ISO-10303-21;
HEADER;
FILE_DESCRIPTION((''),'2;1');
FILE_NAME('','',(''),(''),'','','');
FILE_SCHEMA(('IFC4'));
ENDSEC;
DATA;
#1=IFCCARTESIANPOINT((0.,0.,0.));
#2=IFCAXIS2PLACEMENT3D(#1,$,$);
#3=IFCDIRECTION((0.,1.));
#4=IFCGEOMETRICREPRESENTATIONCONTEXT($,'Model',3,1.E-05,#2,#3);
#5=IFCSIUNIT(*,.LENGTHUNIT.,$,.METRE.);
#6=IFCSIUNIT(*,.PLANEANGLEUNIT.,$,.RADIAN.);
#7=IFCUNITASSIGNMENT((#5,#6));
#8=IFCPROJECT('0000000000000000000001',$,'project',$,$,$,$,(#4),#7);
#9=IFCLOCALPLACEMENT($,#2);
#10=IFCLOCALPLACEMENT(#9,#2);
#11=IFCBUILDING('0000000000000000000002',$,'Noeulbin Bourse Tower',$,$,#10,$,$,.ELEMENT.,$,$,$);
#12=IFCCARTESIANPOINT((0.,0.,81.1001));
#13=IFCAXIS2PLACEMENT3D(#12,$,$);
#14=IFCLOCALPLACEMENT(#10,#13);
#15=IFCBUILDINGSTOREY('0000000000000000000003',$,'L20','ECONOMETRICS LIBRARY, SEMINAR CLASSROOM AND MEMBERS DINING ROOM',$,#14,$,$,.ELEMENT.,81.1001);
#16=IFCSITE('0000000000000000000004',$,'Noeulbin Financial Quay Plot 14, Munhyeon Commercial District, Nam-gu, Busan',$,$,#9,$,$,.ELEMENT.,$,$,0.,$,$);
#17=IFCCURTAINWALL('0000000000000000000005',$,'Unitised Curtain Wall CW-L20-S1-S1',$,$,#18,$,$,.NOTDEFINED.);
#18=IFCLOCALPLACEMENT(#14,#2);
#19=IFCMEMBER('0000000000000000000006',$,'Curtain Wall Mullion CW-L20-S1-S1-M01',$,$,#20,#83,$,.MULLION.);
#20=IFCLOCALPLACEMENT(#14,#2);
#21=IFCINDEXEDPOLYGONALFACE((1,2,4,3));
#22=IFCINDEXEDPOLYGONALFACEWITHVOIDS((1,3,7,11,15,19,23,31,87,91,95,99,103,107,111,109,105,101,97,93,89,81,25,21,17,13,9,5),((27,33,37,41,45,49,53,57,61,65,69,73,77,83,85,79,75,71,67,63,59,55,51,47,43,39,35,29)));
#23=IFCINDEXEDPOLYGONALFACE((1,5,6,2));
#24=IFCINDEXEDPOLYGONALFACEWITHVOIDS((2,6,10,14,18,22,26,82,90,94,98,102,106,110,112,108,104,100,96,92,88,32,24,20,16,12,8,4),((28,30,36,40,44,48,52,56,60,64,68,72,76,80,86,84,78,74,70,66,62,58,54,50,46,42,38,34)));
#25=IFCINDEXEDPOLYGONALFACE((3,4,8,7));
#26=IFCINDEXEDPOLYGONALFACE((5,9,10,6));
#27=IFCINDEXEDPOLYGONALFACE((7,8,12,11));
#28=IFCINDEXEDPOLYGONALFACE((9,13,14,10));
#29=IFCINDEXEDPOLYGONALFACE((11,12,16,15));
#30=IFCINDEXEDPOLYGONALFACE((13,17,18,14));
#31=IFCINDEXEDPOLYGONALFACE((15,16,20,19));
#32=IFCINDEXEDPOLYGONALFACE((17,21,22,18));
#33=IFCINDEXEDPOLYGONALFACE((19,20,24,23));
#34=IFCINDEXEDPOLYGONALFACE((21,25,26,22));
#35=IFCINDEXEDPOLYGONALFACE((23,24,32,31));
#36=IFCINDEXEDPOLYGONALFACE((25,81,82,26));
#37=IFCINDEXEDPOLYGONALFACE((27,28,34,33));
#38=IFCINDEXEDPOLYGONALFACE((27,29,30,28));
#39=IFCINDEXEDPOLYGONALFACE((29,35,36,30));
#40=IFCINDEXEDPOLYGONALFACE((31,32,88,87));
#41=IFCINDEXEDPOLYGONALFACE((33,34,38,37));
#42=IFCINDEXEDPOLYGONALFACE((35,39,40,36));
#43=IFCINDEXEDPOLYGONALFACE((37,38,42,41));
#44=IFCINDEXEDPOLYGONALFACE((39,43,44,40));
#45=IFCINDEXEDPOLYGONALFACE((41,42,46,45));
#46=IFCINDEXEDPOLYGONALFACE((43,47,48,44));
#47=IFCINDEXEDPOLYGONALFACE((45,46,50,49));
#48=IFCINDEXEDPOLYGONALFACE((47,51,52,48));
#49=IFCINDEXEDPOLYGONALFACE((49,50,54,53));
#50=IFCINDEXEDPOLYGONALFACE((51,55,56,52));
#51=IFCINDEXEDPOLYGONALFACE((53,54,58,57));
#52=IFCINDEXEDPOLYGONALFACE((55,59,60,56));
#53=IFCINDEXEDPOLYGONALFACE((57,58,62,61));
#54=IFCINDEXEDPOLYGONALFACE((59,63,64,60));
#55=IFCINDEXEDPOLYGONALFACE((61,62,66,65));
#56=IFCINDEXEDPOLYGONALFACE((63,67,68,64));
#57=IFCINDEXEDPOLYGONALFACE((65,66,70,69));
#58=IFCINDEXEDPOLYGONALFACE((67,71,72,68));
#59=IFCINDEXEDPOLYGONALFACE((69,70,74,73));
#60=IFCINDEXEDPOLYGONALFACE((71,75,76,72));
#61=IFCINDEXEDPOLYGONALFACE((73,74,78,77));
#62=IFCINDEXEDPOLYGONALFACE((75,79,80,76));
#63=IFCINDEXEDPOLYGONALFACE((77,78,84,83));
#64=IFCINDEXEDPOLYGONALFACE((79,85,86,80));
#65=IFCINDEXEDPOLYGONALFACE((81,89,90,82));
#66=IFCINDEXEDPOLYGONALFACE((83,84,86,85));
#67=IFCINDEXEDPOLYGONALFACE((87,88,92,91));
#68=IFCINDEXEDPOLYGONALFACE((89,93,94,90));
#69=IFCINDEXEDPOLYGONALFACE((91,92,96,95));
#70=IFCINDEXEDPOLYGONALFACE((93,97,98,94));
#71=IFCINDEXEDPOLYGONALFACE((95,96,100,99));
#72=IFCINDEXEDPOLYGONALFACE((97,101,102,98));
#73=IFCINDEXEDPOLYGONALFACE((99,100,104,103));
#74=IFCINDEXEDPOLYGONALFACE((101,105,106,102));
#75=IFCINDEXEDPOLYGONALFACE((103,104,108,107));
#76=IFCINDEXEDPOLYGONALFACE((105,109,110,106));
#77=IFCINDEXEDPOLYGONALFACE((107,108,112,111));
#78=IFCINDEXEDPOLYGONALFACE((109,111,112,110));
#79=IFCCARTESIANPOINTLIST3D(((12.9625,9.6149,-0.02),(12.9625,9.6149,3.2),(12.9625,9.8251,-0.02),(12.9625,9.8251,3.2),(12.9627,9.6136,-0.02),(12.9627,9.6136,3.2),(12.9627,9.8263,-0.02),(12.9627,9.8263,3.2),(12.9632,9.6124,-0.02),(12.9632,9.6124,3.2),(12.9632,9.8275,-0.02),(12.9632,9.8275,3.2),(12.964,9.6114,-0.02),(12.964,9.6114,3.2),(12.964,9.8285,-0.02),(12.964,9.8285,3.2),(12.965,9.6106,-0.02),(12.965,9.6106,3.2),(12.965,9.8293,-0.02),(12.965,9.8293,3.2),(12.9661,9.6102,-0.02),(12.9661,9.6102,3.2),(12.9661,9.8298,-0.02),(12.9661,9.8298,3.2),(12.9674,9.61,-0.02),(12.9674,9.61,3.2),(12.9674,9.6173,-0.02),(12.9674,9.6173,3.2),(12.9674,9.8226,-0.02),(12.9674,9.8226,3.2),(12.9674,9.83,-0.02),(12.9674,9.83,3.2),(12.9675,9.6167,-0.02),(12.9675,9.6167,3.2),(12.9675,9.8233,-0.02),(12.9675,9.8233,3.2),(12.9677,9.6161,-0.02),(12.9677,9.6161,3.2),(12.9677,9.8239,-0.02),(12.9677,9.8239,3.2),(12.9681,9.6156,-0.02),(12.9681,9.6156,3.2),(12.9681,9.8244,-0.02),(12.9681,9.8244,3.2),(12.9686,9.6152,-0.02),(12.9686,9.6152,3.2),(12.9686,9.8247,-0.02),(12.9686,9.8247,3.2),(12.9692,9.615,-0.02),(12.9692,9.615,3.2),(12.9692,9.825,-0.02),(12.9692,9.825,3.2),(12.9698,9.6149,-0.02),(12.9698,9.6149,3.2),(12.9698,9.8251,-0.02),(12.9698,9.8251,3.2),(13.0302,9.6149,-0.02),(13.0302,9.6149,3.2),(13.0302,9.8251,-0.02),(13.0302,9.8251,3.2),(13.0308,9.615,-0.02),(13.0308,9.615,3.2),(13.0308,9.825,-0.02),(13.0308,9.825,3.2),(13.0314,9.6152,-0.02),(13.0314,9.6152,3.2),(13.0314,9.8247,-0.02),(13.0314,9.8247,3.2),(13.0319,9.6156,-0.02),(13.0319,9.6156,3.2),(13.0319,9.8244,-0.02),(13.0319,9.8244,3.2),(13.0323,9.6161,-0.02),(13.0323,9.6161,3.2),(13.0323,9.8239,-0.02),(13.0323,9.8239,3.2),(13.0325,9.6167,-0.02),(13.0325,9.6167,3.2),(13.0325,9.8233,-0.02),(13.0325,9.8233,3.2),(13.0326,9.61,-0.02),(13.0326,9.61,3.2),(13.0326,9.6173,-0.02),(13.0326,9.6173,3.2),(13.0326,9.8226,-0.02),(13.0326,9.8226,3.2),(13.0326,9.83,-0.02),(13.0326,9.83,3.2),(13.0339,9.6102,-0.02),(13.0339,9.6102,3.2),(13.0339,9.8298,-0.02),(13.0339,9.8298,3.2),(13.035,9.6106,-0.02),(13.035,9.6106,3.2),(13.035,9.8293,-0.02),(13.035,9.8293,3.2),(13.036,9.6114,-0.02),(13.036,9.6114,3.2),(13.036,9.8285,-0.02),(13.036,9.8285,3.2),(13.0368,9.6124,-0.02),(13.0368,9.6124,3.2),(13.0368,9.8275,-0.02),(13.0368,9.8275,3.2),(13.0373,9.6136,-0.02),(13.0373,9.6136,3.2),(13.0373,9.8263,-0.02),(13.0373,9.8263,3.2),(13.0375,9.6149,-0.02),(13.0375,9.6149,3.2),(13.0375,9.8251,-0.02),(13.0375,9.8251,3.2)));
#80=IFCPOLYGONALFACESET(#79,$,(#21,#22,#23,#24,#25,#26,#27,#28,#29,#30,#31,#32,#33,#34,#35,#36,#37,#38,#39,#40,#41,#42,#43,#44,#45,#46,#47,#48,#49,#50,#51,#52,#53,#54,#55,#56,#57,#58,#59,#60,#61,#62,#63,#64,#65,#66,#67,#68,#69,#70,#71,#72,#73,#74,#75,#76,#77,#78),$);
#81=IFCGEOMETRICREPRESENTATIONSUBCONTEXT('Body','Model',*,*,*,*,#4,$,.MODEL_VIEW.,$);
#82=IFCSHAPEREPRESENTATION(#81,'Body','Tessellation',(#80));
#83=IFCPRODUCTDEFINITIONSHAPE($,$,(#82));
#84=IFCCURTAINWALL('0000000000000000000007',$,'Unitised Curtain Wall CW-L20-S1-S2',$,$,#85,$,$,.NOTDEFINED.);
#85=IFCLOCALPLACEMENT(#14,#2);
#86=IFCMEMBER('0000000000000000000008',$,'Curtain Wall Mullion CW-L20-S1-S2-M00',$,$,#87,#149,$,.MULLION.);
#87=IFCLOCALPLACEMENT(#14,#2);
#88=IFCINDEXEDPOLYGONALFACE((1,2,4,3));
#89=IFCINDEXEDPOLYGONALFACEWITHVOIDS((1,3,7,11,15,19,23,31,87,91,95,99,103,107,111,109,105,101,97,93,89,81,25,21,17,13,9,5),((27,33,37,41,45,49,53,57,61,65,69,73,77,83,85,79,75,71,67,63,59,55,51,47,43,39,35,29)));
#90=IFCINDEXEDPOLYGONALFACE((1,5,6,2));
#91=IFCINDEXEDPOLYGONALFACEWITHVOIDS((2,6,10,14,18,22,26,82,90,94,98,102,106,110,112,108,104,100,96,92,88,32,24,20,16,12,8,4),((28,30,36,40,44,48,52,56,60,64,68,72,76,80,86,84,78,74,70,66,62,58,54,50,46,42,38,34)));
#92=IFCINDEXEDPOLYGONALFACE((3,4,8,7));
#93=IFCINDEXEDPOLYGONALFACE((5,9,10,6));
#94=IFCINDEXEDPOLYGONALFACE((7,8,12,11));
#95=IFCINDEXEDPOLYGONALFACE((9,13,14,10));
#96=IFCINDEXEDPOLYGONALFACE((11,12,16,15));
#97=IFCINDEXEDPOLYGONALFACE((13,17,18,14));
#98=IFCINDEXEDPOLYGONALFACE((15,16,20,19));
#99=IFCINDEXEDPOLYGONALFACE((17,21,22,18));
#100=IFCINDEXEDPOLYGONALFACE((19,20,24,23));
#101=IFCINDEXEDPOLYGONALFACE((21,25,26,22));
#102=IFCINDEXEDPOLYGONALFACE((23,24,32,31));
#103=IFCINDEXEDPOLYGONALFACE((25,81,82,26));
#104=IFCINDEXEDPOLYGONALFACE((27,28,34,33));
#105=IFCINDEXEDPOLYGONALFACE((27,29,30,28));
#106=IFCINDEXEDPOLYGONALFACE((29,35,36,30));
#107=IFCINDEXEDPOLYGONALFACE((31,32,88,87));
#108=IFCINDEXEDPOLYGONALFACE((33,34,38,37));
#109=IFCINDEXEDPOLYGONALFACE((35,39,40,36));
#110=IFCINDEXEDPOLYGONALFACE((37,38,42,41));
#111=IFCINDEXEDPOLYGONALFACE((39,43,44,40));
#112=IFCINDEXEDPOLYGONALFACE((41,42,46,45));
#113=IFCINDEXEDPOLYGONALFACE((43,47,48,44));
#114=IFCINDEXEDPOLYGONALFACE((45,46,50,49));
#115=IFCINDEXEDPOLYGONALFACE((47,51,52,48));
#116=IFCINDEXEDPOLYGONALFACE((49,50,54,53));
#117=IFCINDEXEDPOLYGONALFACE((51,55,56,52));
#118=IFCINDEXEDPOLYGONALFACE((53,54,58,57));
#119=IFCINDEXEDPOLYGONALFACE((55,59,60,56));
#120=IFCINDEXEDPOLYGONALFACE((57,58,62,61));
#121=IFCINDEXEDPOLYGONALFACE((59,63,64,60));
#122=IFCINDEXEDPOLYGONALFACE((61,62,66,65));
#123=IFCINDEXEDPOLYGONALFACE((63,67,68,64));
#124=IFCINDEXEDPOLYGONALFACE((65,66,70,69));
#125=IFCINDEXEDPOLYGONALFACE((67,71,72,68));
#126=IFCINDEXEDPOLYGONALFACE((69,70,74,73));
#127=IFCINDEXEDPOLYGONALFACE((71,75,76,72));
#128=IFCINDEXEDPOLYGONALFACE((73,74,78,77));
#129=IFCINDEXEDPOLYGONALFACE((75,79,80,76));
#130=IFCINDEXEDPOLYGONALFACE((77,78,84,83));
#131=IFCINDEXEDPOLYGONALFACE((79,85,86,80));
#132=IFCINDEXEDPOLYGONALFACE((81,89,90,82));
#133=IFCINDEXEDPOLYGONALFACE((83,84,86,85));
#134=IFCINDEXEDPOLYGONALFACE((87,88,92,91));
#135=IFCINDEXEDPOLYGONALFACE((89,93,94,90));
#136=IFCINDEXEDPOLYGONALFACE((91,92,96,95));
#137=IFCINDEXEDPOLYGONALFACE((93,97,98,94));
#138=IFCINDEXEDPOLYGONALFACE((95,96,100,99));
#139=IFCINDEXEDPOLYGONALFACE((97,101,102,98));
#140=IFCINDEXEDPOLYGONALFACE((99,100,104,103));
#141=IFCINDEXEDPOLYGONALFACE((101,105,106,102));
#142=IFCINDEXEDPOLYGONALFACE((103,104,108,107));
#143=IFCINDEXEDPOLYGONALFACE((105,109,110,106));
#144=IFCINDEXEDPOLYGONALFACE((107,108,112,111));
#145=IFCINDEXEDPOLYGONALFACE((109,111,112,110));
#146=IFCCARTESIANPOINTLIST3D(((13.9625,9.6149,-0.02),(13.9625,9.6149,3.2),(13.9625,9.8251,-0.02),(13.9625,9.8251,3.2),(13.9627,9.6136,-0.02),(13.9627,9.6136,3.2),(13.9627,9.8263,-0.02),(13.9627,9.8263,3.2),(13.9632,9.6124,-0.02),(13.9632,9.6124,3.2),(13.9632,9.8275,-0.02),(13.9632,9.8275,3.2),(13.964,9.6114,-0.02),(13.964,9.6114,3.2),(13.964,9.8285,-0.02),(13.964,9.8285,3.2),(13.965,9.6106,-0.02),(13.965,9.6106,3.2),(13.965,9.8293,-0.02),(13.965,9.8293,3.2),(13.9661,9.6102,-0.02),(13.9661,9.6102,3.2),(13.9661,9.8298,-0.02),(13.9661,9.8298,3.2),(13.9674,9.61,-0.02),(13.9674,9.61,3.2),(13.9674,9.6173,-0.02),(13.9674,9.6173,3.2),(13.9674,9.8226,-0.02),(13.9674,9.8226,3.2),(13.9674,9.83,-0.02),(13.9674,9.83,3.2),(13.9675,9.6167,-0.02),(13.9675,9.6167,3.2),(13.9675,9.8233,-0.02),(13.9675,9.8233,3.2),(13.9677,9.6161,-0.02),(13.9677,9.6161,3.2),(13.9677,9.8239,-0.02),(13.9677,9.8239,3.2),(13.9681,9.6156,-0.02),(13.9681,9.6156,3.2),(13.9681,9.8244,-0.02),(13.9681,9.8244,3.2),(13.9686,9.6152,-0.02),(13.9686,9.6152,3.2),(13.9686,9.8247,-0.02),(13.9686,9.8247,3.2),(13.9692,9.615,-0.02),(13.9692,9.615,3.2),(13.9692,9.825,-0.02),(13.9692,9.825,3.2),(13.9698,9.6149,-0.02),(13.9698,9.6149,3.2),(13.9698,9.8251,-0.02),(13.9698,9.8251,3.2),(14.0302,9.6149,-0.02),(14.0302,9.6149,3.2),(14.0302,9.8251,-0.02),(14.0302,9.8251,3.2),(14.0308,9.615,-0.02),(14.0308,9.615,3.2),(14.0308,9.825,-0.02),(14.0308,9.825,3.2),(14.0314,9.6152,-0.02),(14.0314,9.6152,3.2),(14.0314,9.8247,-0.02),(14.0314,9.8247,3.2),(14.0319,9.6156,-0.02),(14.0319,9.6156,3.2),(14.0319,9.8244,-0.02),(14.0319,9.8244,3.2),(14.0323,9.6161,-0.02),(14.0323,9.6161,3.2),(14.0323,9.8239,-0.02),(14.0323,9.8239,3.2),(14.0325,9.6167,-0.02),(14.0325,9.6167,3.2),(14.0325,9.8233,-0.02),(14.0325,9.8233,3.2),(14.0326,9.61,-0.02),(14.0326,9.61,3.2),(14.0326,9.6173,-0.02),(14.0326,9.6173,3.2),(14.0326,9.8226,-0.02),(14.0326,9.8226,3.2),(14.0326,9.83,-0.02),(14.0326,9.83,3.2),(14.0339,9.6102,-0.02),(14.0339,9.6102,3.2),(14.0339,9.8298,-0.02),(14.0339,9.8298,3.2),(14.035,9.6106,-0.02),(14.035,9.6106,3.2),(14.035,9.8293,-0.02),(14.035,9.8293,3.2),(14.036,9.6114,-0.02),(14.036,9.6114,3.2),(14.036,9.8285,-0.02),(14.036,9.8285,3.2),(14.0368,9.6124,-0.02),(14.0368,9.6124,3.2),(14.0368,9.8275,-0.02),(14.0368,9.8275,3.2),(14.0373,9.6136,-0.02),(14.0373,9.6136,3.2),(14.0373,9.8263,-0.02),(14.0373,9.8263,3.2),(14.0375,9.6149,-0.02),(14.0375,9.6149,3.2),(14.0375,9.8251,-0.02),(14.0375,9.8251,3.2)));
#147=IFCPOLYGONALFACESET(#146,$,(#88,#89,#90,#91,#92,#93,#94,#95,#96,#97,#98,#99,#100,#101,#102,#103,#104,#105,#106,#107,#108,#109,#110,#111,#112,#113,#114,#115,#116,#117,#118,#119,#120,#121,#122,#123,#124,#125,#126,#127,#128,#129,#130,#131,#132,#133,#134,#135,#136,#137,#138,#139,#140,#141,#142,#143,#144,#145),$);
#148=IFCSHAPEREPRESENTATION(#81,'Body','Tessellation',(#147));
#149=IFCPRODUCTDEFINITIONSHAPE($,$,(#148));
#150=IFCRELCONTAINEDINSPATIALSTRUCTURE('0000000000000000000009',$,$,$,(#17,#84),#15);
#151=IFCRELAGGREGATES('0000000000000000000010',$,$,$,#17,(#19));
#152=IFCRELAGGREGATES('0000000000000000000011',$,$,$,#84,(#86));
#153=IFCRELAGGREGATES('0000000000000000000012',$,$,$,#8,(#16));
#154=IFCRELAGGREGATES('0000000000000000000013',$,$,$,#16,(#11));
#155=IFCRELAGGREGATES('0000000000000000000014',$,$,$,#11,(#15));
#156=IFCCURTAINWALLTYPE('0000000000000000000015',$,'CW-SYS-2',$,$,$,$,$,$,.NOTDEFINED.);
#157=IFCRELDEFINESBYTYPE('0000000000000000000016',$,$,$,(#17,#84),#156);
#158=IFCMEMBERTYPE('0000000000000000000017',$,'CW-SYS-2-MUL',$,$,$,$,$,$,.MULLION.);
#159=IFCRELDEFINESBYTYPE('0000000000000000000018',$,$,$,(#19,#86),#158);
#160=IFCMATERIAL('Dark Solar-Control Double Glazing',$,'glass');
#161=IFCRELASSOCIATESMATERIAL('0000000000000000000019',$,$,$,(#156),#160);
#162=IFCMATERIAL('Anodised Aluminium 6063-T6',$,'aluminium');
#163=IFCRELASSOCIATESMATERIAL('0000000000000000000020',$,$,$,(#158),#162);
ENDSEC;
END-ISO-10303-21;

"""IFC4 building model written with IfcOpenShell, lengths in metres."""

from ifc_helpers import new_model, si_unit, direction, frame, origin, origin_2d, place, context, subcontext, project, spatial, hollow_rectangle, extrude, material, material_profile, profile_set, type_object, element, aggregate, save


model = new_model("IFC4")

# Units and contexts
model_context = context("Model", 3, precision=1e-05, world=origin(), true_north=direction((0.0, 1.0)))
body_context = subcontext(model_context, "Body", "Model", "MODEL_VIEW")
ifc_project = project(units=[si_unit("LENGTHUNIT", "METRE"), si_unit("PLANEANGLEUNIT", "RADIAN")], contexts=[model_context])

# Site, building, storey
site_placement = place(None, origin())
site = spatial("IfcSite", under=ifc_project, at=site_placement, Name="Noeulbin Financial Quay Plot 14, Munhyeon Commercial District, Nam-gu, Busan", CompositionType="ELEMENT", RefElevation=0.0)
building_placement = place(site_placement, origin())
building = spatial("IfcBuilding", under=site, at=building_placement, Name="Noeulbin Bourse Tower", CompositionType="ELEMENT")
storey_placement = place(building_placement, frame((0.0, 0.0, 81.1001)))
storey = spatial("IfcBuildingStorey", under=building, at=storey_placement, Name="L20", Description="ECONOMETRICS LIBRARY, SEMINAR CLASSROOM AND MEMBERS DINING ROOM", CompositionType="ELEMENT", Elevation=81.1001)

# Curtain walls, members
ifc_material_1 = material(Name="Dark Solar-Control Double Glazing", Category="glass")
curtain_wall_type = type_object("IfcCurtainWallType", Name="CW-SYS-2", PredefinedType="NOTDEFINED", material=ifc_material_1)
curtain_wall_1_placement = place(storey_placement, origin())
curtain_wall_1 = element("IfcCurtainWall", 1, at=curtain_wall_1_placement, inside=storey, type_object=curtain_wall_type, Name="Unitised Curtain Wall CW-L20-S1-S1", PredefinedType="NOTDEFINED")
ifc_material_2 = material(Name="Anodised Aluminium 6063-T6", Category="aluminium")
ifc_material_profile_1 = material_profile(ifc_material_2, hollow_rectangle(XDim=0.075, YDim=0.22, WallThickness=0.0049, InnerFilletRadius=0.0024, OuterFilletRadius=0.0049, at=origin_2d()), Name="ALU-MULL-75x220x5", Category="LoadBearing")
ifc_profile_set_1 = profile_set([ifc_material_profile_1], Name="Anodised Aluminium 6063-T6")
member_type_1 = type_object("IfcMemberType", Name="CW-SYS-2-MUL", PredefinedType="MULLION", material=ifc_profile_set_1)
member_1_placement = place(storey_placement, frame((13.0, 9.72, -0.02), z_axis=(0.0, 0.0, 1.0), x_axis=(1.0, 0.0, 0.0)))
member_1 = element("IfcMember", 2, at=member_1_placement, type_object=member_type_1, Name="Curtain Wall Mullion CW-L20-S1-S1-M01", PredefinedType="MULLION", context=body_context, shape_type="SweptSolid", body=[
    extrude(hollow_rectangle(XDim=0.075, YDim=0.22, WallThickness=0.0049, InnerFilletRadius=0.0024, OuterFilletRadius=0.0049, at=origin_2d()), origin(), (0.0, 0.0, 1.0), 3.22),
])
curtain_wall_2_placement = place(storey_placement, origin())
curtain_wall_2 = element("IfcCurtainWall", 3, at=curtain_wall_2_placement, inside=storey, type_object=curtain_wall_type, Name="Unitised Curtain Wall CW-L20-S1-S2", PredefinedType="NOTDEFINED")
member_2_placement = place(storey_placement, frame((14.0, 9.72, -0.02), z_axis=(0.0, 0.0, 1.0), x_axis=(1.0, 0.0, 0.0)))
member_2 = element("IfcMember", 4, at=member_2_placement, type_object=member_type_1, Name="Curtain Wall Mullion CW-L20-S1-S2-M00", PredefinedType="MULLION", context=body_context, shape_type="SweptSolid", body=[
    extrude(hollow_rectangle(XDim=0.075, YDim=0.22, WallThickness=0.0049, InnerFilletRadius=0.0024, OuterFilletRadius=0.0049, at=origin_2d()), origin(), (0.0, 0.0, 1.0), 3.22),
])

aggregate(curtain_wall_1, [member_1])
aggregate(curtain_wall_2, [member_2])

save(model, "model.ifc")
